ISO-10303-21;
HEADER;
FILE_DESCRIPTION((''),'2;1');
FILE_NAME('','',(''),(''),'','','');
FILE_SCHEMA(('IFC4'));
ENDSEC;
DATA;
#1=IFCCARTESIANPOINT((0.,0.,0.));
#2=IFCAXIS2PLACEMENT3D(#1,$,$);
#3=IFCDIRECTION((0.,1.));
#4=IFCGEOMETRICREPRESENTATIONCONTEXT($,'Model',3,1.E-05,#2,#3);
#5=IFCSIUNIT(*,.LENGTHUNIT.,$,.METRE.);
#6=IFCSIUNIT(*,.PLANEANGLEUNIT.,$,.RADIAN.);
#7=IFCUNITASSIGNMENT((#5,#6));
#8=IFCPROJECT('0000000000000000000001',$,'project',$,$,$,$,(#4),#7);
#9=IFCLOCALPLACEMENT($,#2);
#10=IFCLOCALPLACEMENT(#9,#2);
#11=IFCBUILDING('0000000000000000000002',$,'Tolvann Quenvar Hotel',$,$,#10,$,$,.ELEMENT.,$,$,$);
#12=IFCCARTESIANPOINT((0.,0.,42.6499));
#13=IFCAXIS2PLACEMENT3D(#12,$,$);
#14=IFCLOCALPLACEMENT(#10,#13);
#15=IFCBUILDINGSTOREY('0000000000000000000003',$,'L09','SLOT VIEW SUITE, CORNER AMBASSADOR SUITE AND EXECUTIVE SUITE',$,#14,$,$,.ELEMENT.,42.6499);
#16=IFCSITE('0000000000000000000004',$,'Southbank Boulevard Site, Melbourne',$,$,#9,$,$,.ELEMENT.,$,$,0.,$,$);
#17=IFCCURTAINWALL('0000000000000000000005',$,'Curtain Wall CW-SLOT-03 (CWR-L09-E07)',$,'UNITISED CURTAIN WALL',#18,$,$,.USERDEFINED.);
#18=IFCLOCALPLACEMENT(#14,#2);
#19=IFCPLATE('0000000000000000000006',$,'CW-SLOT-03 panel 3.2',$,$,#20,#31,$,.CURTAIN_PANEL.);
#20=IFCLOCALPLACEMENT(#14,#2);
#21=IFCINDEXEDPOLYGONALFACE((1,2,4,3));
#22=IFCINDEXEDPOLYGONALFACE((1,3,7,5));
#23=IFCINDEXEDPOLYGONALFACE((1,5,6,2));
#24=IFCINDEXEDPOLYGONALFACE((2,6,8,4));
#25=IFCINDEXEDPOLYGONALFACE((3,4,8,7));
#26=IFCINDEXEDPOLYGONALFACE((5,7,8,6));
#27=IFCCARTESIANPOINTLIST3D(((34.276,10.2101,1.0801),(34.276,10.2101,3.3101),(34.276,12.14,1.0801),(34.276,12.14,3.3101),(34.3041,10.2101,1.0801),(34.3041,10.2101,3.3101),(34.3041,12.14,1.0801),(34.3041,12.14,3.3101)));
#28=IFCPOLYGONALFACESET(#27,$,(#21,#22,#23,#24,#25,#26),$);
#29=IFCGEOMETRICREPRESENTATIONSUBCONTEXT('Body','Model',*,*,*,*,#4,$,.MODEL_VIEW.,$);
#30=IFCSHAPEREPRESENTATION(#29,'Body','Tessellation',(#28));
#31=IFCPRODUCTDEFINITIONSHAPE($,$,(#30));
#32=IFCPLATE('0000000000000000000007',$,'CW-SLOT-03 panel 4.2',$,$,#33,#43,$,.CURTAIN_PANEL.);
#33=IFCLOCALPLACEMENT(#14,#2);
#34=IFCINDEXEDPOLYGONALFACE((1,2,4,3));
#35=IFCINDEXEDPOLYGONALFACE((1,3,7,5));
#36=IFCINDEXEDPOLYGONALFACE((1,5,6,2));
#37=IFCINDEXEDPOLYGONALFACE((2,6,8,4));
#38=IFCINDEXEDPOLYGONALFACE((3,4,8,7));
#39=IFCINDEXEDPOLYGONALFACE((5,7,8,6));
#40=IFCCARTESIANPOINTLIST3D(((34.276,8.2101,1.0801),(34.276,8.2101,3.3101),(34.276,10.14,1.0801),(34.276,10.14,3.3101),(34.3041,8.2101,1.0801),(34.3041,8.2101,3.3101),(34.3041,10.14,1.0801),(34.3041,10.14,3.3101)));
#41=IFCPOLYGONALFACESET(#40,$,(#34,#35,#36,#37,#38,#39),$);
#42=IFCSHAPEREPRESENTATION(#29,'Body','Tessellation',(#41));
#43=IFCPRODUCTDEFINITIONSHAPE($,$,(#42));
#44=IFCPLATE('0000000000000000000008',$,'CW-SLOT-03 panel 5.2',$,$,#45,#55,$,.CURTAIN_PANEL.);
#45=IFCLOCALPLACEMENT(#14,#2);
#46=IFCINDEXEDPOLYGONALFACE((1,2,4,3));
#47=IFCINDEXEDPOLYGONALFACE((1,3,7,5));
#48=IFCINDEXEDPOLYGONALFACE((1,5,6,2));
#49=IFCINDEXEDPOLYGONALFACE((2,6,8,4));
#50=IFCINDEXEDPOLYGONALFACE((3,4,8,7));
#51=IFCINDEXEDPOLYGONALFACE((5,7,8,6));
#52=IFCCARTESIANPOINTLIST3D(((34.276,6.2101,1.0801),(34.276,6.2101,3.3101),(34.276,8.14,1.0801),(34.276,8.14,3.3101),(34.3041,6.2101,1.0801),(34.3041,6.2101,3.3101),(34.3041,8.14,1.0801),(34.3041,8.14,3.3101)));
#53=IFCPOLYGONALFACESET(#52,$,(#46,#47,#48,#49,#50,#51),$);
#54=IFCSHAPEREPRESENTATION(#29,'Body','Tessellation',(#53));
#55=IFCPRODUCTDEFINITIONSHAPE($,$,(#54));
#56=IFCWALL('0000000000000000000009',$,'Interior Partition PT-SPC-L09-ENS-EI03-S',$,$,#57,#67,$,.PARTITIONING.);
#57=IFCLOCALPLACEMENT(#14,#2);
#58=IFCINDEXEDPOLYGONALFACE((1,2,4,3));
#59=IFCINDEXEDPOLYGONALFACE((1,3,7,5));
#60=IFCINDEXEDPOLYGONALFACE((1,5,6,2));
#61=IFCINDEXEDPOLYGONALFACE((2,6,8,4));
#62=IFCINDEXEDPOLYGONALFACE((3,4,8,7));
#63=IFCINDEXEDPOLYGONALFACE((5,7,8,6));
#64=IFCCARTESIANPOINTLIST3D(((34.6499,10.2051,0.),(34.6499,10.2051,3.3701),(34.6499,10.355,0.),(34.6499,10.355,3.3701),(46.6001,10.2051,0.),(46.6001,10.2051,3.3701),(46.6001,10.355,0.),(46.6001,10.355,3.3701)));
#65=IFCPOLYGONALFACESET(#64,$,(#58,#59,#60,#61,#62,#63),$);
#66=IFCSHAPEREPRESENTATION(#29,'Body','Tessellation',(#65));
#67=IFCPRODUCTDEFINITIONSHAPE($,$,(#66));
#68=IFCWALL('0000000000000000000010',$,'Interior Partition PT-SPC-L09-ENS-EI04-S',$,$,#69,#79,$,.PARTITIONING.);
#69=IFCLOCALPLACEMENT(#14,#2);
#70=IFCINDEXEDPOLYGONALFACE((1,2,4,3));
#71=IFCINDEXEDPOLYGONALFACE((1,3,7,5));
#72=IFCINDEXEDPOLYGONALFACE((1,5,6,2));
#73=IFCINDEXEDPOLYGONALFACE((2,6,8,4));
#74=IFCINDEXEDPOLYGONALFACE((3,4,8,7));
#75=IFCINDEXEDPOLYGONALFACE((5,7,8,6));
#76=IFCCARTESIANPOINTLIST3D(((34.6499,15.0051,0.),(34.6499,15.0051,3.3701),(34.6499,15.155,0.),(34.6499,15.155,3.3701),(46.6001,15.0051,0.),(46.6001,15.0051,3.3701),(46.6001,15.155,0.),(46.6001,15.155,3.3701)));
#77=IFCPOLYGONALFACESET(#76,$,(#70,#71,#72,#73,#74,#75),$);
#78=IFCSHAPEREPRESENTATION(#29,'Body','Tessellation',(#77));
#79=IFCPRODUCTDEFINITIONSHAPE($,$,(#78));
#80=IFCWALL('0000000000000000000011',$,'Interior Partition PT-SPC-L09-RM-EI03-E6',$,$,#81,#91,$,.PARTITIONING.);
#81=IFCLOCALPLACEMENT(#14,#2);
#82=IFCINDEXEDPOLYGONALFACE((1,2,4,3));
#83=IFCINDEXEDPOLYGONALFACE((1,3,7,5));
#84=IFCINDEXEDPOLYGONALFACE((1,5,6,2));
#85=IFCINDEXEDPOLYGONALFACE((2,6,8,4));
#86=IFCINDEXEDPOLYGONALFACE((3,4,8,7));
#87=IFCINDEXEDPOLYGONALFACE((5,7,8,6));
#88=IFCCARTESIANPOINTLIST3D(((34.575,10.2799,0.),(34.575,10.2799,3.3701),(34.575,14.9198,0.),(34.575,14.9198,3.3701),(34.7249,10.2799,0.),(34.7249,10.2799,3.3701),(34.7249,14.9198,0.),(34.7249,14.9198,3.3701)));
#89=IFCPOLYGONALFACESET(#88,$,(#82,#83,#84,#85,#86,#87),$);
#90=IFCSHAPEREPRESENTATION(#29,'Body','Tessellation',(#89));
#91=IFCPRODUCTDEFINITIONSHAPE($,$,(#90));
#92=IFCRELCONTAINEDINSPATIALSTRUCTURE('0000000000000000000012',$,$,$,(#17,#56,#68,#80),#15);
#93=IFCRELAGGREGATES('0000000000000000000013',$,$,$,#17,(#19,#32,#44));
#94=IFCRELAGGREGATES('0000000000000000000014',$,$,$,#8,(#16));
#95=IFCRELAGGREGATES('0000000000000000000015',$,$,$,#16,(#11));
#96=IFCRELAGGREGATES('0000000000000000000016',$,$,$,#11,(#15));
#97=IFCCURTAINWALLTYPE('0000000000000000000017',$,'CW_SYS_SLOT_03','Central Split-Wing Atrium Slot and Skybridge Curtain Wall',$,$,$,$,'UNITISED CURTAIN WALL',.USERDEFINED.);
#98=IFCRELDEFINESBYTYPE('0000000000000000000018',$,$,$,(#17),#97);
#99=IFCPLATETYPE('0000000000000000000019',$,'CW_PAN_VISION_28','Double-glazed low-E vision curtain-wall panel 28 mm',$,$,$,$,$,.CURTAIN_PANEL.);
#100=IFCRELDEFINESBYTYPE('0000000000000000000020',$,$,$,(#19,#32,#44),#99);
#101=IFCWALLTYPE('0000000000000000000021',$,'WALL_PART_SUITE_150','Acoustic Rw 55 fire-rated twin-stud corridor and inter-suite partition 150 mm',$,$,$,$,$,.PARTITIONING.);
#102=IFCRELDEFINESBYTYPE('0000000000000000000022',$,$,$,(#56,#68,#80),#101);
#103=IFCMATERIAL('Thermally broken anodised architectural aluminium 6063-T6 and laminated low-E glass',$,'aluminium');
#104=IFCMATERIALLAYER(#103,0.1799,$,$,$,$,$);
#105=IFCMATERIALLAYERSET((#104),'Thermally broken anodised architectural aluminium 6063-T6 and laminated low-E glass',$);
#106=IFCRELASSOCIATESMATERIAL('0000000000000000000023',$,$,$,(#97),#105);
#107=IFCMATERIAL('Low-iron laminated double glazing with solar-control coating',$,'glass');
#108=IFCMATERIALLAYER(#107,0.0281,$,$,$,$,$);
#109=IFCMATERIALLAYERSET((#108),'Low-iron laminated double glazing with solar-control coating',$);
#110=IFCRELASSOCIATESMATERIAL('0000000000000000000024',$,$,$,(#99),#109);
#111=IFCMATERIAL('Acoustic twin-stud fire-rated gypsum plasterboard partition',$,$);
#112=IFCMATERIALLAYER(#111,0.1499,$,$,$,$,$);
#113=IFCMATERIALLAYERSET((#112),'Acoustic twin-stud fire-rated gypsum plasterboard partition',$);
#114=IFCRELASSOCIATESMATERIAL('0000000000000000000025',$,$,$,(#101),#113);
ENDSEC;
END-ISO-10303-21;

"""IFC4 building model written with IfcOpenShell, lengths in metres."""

from ifc_helpers import new_model, si_unit, direction, frame, frame_2d, origin, origin_2d, place, context, subcontext, project, spatial, rectangle, extrude, source, transform, mapped, material, layer, layer_set, type_object, element, aggregate, save


model = new_model("IFC4")

# Units and contexts
model_context = context("Model", 3, precision=1e-05, world=origin(), true_north=direction((0.0, 1.0)))
body_context = subcontext(model_context, "Body", "Model", "MODEL_VIEW")
ifc_project = project(units=[si_unit("LENGTHUNIT", "METRE"), si_unit("PLANEANGLEUNIT", "RADIAN")], contexts=[model_context])

# Site, building, storey
site_placement = place(None, origin())
site = spatial("IfcSite", under=ifc_project, at=site_placement, Name="Southbank Boulevard Site, Melbourne", CompositionType="ELEMENT", RefElevation=0.0)
building_placement = place(site_placement, origin())
building = spatial("IfcBuilding", under=site, at=building_placement, Name="Tolvann Quenvar Hotel", CompositionType="ELEMENT")
storey_placement = place(building_placement, frame((0.0, 0.0, 42.6499)))
storey = spatial("IfcBuildingStorey", under=building, at=storey_placement, Name="L09", Description="SLOT VIEW SUITE, CORNER AMBASSADOR SUITE AND EXECUTIVE SUITE", CompositionType="ELEMENT", Elevation=42.6499)

# Curtain wall, plates
ifc_material_1 = material(Name="Thermally broken anodised architectural aluminium 6063-T6 and laminated low-E glass", Category="aluminium")
ifc_layer_1 = layer(ifc_material_1, 0.1799)
ifc_layer_set_1 = layer_set([ifc_layer_1], Name="Thermally broken anodised architectural aluminium 6063-T6 and laminated low-E glass")
curtain_wall_type = type_object("IfcCurtainWallType", Name="CW_SYS_SLOT_03", Description="Central Split-Wing Atrium Slot and Skybridge Curtain Wall", ElementType="UNITISED CURTAIN WALL", PredefinedType="USERDEFINED", material=ifc_layer_set_1)
curtain_wall_placement = place(storey_placement, origin())
curtain_wall = element("IfcCurtainWall", 1, at=curtain_wall_placement, inside=storey, type_object=curtain_wall_type, Name="Curtain Wall CW-SLOT-03 (CWR-L09-E07)", ObjectType="UNITISED CURTAIN WALL", PredefinedType="USERDEFINED")
ifc_material_2 = material(Name="Low-iron laminated double glazing with solar-control coating", Category="glass")
ifc_layer_2 = layer(ifc_material_2, 0.0281)
ifc_layer_set_2 = layer_set([ifc_layer_2], Name="Low-iron laminated double glazing with solar-control coating")
plate_type = type_object("IfcPlateType", Name="CW_PAN_VISION_28", Description="Double-glazed low-E vision curtain-wall panel 28 mm", PredefinedType="CURTAIN_PANEL", material=ifc_layer_set_2)
shared_shape_1 = source(origin(), body_context, "Body", "SweptSolid", [
    extrude(rectangle(XDim=1.9299, YDim=0.0281, at=origin_2d()), origin(), (0.0, 0.0, 1.0), 2.23),
])
plate_1_placement = place(storey_placement, frame((34.29, 11.175, 1.0801), z_axis=(0.0, 0.0, 1.0), x_axis=(0.0, -1.0, 0.0)))
plate_1 = element("IfcPlate", 2, at=plate_1_placement, type_object=plate_type, Name="CW-SLOT-03 panel 3.2", PredefinedType="CURTAIN_PANEL", context=body_context, shape_type="MappedRepresentation", body=[
    mapped(shared_shape_1, transform((0.0, 0.0, 0.0), x_axis=(1.0, 0.0, 0.0), y_axis=(0.0, 1.0, 0.0), z_axis=(0.0, 0.0, 1.0), scale=1.0)),
])
plate_2_placement = place(storey_placement, frame((34.29, 9.175, 1.0801), z_axis=(0.0, 0.0, 1.0), x_axis=(0.0, -1.0, 0.0)))
plate_2 = element("IfcPlate", 3, at=plate_2_placement, type_object=plate_type, Name="CW-SLOT-03 panel 4.2", PredefinedType="CURTAIN_PANEL", context=body_context, shape_type="MappedRepresentation", body=[
    mapped(shared_shape_1, transform((0.0, 0.0, 0.0), x_axis=(1.0, 0.0, 0.0), y_axis=(0.0, 1.0, 0.0), z_axis=(0.0, 0.0, 1.0), scale=1.0)),
])
plate_3_placement = place(storey_placement, frame((34.29, 7.175, 1.0801), z_axis=(0.0, 0.0, 1.0), x_axis=(0.0, -1.0, 0.0)))
plate_3 = element("IfcPlate", 4, at=plate_3_placement, type_object=plate_type, Name="CW-SLOT-03 panel 5.2", PredefinedType="CURTAIN_PANEL", context=body_context, shape_type="MappedRepresentation", body=[
    mapped(shared_shape_1, transform((0.0, 0.0, 0.0), x_axis=(1.0, 0.0, 0.0), y_axis=(0.0, 1.0, 0.0), z_axis=(0.0, 0.0, 1.0), scale=1.0)),
])
aggregate(curtain_wall, [plate_1, plate_2, plate_3])

# Walls
ifc_material_3 = material(Name="Acoustic twin-stud fire-rated gypsum plasterboard partition")
ifc_layer_3 = layer(ifc_material_3, 0.1499)
ifc_layer_set_3 = layer_set([ifc_layer_3], Name="Acoustic twin-stud fire-rated gypsum plasterboard partition")
wall_type = type_object("IfcWallType", Name="WALL_PART_SUITE_150", Description="Acoustic Rw 55 fire-rated twin-stud corridor and inter-suite partition 150 mm", PredefinedType="PARTITIONING", material=ifc_layer_set_3)
for number, where, z_axis, x_axis, name in (
    (5, (34.6499, 10.28, 0.0), (0.0, 0.0, 1.0), (1.0, 0.0, 0.0), "Interior Partition PT-SPC-L09-ENS-EI03-S"),
    (6, (34.6499, 15.0801, 0.0), (0.0, 0.0, 1.0), (1.0, 0.0, 0.0), "Interior Partition PT-SPC-L09-ENS-EI04-S"),
):
    element("IfcWall", number, at=place(storey_placement, frame(where, z_axis=z_axis, x_axis=x_axis)), inside=storey, type_object=wall_type, Name=name, PredefinedType="PARTITIONING", context=body_context, shape_type="SweptSolid", body=[
        extrude(rectangle(XDim=11.9502, YDim=0.1499, at=frame_2d((5.9751, 0.0))), origin(), (0.0, 0.0, 1.0), 3.3701),
    ])
wall_placement = place(storey_placement, frame((34.6499, 10.28, 0.0), z_axis=(0.0, 0.0, 1.0), x_axis=(0.0, 1.0, 0.0)))
element("IfcWall", 7, at=wall_placement, inside=storey, type_object=wall_type, Name="Interior Partition PT-SPC-L09-RM-EI03-E6", PredefinedType="PARTITIONING", context=body_context, shape_type="SweptSolid", body=[
    extrude(rectangle(XDim=4.6399, YDim=0.1499, at=frame_2d((2.3198, 0.0))), origin(), (0.0, 0.0, 1.0), 3.3701),
])

save(model, "model.ifc")
